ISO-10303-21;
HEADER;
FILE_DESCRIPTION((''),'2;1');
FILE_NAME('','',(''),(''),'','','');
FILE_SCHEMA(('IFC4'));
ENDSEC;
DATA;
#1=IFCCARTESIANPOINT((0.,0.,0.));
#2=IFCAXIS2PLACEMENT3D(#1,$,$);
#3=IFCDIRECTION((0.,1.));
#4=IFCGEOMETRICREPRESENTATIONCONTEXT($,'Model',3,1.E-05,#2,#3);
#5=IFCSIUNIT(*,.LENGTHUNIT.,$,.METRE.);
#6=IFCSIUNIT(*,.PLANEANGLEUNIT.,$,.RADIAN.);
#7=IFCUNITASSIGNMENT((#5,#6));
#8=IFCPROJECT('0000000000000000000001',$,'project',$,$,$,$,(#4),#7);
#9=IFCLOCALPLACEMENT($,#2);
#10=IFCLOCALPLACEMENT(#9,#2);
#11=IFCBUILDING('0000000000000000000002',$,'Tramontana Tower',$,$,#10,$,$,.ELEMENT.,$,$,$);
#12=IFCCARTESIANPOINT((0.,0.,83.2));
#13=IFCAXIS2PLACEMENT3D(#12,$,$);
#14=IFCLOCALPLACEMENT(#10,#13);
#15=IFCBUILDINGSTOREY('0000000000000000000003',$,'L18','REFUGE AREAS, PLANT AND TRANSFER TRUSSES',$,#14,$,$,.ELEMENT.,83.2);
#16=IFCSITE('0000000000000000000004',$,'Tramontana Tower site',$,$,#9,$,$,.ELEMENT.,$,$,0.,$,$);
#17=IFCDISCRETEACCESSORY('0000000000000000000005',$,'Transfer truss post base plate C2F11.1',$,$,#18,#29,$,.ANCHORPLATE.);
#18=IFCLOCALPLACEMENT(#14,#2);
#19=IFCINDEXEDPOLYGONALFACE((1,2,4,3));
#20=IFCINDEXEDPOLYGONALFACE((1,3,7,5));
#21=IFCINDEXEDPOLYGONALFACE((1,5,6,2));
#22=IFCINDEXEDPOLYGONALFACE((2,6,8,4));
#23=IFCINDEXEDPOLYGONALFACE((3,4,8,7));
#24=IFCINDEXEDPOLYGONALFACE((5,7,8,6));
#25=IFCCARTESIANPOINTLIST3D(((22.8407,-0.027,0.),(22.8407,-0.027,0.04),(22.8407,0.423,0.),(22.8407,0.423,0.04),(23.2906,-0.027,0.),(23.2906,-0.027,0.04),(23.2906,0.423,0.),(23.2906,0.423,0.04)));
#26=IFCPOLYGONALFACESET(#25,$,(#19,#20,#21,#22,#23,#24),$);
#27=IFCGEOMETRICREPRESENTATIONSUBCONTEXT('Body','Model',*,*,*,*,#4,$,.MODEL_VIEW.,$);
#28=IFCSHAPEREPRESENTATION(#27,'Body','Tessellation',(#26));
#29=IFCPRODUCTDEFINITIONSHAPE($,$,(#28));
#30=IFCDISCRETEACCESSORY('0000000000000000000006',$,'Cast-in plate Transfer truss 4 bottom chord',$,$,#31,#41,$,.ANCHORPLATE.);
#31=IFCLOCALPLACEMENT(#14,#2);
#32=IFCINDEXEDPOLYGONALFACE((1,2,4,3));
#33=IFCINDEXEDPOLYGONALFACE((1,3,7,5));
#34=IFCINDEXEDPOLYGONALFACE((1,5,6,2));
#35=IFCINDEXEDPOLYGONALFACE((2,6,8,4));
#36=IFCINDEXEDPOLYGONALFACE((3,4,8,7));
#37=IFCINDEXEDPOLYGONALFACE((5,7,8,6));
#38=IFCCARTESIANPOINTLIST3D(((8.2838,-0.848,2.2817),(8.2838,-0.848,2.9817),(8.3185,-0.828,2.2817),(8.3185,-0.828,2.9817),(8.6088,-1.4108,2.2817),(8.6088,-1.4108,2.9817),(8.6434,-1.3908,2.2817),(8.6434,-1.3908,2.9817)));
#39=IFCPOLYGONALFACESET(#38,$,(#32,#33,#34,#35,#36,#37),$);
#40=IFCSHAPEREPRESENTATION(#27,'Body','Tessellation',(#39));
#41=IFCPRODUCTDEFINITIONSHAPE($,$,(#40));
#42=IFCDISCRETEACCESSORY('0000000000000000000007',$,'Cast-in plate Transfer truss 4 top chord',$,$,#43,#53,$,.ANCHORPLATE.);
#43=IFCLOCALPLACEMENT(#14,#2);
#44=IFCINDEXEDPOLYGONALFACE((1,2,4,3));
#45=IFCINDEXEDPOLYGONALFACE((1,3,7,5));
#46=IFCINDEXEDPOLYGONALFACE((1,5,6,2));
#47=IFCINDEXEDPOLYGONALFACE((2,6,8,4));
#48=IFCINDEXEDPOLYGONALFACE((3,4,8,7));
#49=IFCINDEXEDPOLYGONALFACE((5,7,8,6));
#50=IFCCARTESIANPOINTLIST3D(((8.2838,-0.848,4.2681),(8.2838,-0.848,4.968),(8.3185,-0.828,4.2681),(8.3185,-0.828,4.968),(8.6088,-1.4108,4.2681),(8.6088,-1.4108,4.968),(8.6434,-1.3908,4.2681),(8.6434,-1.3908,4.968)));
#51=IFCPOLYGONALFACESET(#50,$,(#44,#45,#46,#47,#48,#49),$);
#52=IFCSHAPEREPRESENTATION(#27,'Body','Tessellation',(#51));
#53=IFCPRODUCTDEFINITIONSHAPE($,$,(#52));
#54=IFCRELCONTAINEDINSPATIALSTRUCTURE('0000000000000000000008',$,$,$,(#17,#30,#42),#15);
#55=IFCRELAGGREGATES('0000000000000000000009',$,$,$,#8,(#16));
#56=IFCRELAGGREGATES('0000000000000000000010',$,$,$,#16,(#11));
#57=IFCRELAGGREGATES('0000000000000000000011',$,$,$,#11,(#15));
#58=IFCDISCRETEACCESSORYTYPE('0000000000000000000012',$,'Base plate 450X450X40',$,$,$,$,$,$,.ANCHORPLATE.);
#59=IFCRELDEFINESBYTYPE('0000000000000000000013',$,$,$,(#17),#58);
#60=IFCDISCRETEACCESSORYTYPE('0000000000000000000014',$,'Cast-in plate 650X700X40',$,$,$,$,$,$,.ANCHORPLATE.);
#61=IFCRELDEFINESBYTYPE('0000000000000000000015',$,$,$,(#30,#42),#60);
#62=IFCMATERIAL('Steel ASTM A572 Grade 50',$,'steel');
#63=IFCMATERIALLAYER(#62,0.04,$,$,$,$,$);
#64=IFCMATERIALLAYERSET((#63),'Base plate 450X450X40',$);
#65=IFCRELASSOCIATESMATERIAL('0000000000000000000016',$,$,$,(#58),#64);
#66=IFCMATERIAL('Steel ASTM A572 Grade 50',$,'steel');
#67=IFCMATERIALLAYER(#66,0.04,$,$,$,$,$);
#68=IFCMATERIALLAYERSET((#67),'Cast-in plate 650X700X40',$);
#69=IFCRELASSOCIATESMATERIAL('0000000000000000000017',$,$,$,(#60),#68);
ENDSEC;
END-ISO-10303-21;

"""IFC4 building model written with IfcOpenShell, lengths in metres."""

from ifc_helpers import new_model, si_unit, direction, frame, origin, origin_2d, place, context, subcontext, project, spatial, rectangle, extrude, material, layer, layer_set, type_object, element, save


model = new_model("IFC4")

# Units and contexts
model_context = context("Model", 3, precision=1e-05, world=origin(), true_north=direction((0.0, 1.0)))
body_context = subcontext(model_context, "Body", "Model", "MODEL_VIEW")
ifc_project = project(units=[si_unit("LENGTHUNIT", "METRE"), si_unit("PLANEANGLEUNIT", "RADIAN")], contexts=[model_context])

# Site, building, storey
site_placement = place(None, origin())
site = spatial("IfcSite", under=ifc_project, at=site_placement, Name="Tramontana Tower site", CompositionType="ELEMENT", RefElevation=0.0)
building_placement = place(site_placement, origin())
building = spatial("IfcBuilding", under=site, at=building_placement, Name="Tramontana Tower", CompositionType="ELEMENT")
storey_placement = place(building_placement, frame((0.0, 0.0, 83.2)))
storey = spatial("IfcBuildingStorey", under=building, at=storey_placement, Name="L18", Description="REFUGE AREAS, PLANT AND TRANSFER TRUSSES", CompositionType="ELEMENT", Elevation=83.2)

# Discrete accessories
ifc_material_1 = material(Name="Steel ASTM A572 Grade 50", Category="steel")
ifc_layer_1 = layer(ifc_material_1, 0.04)
ifc_layer_set_1 = layer_set([ifc_layer_1], Name="Base plate 450X450X40")
discrete_accessory_type_1 = type_object("IfcDiscreteAccessoryType", Name="Base plate 450X450X40", PredefinedType="ANCHORPLATE", material=ifc_layer_set_1)
discrete_accessory_placement = place(storey_placement, frame((23.0657, 0.198, 0.0), z_axis=(0.0, 0.0, 1.0), x_axis=(1.0, 0.0, 0.0)))
element("IfcDiscreteAccessory", 1, at=discrete_accessory_placement, inside=storey, type_object=discrete_accessory_type_1, Name="Transfer truss post base plate C2F11.1", PredefinedType="ANCHORPLATE", context=body_context, shape_type="SweptSolid", body=[
    extrude(rectangle(XDim=0.45, YDim=0.45, at=origin_2d()), origin(), (0.0, 0.0, 1.0), 0.04),
])
ifc_material_2 = material(Name="Steel ASTM A572 Grade 50", Category="steel")
ifc_layer_2 = layer(ifc_material_2, 0.04)
ifc_layer_set_2 = layer_set([ifc_layer_2], Name="Cast-in plate 650X700X40")
discrete_accessory_type_2 = type_object("IfcDiscreteAccessoryType", Name="Cast-in plate 650X700X40", PredefinedType="ANCHORPLATE", material=ifc_layer_set_2)
for number, where, z_axis, x_axis, name in (
    (2, (8.4636, -1.1194, 2.2817), (0.0, 0.0, 1.0), (-0.5, 0.866025, 0.0), "Cast-in plate Transfer truss 4 bottom chord"),
    (3, (8.4636, -1.1194, 4.2681), (0.0, 0.0, 1.0), (-0.5, 0.866025, 0.0), "Cast-in plate Transfer truss 4 top chord"),
):
    element("IfcDiscreteAccessory", number, at=place(storey_placement, frame(where, z_axis=z_axis, x_axis=x_axis)), inside=storey, type_object=discrete_accessory_type_2, Name=name, PredefinedType="ANCHORPLATE", context=body_context, shape_type="SweptSolid", body=[
        extrude(rectangle(XDim=0.6499, YDim=0.04, at=origin_2d()), origin(), (0.0, 0.0, 1.0), 0.7),
    ])

save(model, "model.ifc")
